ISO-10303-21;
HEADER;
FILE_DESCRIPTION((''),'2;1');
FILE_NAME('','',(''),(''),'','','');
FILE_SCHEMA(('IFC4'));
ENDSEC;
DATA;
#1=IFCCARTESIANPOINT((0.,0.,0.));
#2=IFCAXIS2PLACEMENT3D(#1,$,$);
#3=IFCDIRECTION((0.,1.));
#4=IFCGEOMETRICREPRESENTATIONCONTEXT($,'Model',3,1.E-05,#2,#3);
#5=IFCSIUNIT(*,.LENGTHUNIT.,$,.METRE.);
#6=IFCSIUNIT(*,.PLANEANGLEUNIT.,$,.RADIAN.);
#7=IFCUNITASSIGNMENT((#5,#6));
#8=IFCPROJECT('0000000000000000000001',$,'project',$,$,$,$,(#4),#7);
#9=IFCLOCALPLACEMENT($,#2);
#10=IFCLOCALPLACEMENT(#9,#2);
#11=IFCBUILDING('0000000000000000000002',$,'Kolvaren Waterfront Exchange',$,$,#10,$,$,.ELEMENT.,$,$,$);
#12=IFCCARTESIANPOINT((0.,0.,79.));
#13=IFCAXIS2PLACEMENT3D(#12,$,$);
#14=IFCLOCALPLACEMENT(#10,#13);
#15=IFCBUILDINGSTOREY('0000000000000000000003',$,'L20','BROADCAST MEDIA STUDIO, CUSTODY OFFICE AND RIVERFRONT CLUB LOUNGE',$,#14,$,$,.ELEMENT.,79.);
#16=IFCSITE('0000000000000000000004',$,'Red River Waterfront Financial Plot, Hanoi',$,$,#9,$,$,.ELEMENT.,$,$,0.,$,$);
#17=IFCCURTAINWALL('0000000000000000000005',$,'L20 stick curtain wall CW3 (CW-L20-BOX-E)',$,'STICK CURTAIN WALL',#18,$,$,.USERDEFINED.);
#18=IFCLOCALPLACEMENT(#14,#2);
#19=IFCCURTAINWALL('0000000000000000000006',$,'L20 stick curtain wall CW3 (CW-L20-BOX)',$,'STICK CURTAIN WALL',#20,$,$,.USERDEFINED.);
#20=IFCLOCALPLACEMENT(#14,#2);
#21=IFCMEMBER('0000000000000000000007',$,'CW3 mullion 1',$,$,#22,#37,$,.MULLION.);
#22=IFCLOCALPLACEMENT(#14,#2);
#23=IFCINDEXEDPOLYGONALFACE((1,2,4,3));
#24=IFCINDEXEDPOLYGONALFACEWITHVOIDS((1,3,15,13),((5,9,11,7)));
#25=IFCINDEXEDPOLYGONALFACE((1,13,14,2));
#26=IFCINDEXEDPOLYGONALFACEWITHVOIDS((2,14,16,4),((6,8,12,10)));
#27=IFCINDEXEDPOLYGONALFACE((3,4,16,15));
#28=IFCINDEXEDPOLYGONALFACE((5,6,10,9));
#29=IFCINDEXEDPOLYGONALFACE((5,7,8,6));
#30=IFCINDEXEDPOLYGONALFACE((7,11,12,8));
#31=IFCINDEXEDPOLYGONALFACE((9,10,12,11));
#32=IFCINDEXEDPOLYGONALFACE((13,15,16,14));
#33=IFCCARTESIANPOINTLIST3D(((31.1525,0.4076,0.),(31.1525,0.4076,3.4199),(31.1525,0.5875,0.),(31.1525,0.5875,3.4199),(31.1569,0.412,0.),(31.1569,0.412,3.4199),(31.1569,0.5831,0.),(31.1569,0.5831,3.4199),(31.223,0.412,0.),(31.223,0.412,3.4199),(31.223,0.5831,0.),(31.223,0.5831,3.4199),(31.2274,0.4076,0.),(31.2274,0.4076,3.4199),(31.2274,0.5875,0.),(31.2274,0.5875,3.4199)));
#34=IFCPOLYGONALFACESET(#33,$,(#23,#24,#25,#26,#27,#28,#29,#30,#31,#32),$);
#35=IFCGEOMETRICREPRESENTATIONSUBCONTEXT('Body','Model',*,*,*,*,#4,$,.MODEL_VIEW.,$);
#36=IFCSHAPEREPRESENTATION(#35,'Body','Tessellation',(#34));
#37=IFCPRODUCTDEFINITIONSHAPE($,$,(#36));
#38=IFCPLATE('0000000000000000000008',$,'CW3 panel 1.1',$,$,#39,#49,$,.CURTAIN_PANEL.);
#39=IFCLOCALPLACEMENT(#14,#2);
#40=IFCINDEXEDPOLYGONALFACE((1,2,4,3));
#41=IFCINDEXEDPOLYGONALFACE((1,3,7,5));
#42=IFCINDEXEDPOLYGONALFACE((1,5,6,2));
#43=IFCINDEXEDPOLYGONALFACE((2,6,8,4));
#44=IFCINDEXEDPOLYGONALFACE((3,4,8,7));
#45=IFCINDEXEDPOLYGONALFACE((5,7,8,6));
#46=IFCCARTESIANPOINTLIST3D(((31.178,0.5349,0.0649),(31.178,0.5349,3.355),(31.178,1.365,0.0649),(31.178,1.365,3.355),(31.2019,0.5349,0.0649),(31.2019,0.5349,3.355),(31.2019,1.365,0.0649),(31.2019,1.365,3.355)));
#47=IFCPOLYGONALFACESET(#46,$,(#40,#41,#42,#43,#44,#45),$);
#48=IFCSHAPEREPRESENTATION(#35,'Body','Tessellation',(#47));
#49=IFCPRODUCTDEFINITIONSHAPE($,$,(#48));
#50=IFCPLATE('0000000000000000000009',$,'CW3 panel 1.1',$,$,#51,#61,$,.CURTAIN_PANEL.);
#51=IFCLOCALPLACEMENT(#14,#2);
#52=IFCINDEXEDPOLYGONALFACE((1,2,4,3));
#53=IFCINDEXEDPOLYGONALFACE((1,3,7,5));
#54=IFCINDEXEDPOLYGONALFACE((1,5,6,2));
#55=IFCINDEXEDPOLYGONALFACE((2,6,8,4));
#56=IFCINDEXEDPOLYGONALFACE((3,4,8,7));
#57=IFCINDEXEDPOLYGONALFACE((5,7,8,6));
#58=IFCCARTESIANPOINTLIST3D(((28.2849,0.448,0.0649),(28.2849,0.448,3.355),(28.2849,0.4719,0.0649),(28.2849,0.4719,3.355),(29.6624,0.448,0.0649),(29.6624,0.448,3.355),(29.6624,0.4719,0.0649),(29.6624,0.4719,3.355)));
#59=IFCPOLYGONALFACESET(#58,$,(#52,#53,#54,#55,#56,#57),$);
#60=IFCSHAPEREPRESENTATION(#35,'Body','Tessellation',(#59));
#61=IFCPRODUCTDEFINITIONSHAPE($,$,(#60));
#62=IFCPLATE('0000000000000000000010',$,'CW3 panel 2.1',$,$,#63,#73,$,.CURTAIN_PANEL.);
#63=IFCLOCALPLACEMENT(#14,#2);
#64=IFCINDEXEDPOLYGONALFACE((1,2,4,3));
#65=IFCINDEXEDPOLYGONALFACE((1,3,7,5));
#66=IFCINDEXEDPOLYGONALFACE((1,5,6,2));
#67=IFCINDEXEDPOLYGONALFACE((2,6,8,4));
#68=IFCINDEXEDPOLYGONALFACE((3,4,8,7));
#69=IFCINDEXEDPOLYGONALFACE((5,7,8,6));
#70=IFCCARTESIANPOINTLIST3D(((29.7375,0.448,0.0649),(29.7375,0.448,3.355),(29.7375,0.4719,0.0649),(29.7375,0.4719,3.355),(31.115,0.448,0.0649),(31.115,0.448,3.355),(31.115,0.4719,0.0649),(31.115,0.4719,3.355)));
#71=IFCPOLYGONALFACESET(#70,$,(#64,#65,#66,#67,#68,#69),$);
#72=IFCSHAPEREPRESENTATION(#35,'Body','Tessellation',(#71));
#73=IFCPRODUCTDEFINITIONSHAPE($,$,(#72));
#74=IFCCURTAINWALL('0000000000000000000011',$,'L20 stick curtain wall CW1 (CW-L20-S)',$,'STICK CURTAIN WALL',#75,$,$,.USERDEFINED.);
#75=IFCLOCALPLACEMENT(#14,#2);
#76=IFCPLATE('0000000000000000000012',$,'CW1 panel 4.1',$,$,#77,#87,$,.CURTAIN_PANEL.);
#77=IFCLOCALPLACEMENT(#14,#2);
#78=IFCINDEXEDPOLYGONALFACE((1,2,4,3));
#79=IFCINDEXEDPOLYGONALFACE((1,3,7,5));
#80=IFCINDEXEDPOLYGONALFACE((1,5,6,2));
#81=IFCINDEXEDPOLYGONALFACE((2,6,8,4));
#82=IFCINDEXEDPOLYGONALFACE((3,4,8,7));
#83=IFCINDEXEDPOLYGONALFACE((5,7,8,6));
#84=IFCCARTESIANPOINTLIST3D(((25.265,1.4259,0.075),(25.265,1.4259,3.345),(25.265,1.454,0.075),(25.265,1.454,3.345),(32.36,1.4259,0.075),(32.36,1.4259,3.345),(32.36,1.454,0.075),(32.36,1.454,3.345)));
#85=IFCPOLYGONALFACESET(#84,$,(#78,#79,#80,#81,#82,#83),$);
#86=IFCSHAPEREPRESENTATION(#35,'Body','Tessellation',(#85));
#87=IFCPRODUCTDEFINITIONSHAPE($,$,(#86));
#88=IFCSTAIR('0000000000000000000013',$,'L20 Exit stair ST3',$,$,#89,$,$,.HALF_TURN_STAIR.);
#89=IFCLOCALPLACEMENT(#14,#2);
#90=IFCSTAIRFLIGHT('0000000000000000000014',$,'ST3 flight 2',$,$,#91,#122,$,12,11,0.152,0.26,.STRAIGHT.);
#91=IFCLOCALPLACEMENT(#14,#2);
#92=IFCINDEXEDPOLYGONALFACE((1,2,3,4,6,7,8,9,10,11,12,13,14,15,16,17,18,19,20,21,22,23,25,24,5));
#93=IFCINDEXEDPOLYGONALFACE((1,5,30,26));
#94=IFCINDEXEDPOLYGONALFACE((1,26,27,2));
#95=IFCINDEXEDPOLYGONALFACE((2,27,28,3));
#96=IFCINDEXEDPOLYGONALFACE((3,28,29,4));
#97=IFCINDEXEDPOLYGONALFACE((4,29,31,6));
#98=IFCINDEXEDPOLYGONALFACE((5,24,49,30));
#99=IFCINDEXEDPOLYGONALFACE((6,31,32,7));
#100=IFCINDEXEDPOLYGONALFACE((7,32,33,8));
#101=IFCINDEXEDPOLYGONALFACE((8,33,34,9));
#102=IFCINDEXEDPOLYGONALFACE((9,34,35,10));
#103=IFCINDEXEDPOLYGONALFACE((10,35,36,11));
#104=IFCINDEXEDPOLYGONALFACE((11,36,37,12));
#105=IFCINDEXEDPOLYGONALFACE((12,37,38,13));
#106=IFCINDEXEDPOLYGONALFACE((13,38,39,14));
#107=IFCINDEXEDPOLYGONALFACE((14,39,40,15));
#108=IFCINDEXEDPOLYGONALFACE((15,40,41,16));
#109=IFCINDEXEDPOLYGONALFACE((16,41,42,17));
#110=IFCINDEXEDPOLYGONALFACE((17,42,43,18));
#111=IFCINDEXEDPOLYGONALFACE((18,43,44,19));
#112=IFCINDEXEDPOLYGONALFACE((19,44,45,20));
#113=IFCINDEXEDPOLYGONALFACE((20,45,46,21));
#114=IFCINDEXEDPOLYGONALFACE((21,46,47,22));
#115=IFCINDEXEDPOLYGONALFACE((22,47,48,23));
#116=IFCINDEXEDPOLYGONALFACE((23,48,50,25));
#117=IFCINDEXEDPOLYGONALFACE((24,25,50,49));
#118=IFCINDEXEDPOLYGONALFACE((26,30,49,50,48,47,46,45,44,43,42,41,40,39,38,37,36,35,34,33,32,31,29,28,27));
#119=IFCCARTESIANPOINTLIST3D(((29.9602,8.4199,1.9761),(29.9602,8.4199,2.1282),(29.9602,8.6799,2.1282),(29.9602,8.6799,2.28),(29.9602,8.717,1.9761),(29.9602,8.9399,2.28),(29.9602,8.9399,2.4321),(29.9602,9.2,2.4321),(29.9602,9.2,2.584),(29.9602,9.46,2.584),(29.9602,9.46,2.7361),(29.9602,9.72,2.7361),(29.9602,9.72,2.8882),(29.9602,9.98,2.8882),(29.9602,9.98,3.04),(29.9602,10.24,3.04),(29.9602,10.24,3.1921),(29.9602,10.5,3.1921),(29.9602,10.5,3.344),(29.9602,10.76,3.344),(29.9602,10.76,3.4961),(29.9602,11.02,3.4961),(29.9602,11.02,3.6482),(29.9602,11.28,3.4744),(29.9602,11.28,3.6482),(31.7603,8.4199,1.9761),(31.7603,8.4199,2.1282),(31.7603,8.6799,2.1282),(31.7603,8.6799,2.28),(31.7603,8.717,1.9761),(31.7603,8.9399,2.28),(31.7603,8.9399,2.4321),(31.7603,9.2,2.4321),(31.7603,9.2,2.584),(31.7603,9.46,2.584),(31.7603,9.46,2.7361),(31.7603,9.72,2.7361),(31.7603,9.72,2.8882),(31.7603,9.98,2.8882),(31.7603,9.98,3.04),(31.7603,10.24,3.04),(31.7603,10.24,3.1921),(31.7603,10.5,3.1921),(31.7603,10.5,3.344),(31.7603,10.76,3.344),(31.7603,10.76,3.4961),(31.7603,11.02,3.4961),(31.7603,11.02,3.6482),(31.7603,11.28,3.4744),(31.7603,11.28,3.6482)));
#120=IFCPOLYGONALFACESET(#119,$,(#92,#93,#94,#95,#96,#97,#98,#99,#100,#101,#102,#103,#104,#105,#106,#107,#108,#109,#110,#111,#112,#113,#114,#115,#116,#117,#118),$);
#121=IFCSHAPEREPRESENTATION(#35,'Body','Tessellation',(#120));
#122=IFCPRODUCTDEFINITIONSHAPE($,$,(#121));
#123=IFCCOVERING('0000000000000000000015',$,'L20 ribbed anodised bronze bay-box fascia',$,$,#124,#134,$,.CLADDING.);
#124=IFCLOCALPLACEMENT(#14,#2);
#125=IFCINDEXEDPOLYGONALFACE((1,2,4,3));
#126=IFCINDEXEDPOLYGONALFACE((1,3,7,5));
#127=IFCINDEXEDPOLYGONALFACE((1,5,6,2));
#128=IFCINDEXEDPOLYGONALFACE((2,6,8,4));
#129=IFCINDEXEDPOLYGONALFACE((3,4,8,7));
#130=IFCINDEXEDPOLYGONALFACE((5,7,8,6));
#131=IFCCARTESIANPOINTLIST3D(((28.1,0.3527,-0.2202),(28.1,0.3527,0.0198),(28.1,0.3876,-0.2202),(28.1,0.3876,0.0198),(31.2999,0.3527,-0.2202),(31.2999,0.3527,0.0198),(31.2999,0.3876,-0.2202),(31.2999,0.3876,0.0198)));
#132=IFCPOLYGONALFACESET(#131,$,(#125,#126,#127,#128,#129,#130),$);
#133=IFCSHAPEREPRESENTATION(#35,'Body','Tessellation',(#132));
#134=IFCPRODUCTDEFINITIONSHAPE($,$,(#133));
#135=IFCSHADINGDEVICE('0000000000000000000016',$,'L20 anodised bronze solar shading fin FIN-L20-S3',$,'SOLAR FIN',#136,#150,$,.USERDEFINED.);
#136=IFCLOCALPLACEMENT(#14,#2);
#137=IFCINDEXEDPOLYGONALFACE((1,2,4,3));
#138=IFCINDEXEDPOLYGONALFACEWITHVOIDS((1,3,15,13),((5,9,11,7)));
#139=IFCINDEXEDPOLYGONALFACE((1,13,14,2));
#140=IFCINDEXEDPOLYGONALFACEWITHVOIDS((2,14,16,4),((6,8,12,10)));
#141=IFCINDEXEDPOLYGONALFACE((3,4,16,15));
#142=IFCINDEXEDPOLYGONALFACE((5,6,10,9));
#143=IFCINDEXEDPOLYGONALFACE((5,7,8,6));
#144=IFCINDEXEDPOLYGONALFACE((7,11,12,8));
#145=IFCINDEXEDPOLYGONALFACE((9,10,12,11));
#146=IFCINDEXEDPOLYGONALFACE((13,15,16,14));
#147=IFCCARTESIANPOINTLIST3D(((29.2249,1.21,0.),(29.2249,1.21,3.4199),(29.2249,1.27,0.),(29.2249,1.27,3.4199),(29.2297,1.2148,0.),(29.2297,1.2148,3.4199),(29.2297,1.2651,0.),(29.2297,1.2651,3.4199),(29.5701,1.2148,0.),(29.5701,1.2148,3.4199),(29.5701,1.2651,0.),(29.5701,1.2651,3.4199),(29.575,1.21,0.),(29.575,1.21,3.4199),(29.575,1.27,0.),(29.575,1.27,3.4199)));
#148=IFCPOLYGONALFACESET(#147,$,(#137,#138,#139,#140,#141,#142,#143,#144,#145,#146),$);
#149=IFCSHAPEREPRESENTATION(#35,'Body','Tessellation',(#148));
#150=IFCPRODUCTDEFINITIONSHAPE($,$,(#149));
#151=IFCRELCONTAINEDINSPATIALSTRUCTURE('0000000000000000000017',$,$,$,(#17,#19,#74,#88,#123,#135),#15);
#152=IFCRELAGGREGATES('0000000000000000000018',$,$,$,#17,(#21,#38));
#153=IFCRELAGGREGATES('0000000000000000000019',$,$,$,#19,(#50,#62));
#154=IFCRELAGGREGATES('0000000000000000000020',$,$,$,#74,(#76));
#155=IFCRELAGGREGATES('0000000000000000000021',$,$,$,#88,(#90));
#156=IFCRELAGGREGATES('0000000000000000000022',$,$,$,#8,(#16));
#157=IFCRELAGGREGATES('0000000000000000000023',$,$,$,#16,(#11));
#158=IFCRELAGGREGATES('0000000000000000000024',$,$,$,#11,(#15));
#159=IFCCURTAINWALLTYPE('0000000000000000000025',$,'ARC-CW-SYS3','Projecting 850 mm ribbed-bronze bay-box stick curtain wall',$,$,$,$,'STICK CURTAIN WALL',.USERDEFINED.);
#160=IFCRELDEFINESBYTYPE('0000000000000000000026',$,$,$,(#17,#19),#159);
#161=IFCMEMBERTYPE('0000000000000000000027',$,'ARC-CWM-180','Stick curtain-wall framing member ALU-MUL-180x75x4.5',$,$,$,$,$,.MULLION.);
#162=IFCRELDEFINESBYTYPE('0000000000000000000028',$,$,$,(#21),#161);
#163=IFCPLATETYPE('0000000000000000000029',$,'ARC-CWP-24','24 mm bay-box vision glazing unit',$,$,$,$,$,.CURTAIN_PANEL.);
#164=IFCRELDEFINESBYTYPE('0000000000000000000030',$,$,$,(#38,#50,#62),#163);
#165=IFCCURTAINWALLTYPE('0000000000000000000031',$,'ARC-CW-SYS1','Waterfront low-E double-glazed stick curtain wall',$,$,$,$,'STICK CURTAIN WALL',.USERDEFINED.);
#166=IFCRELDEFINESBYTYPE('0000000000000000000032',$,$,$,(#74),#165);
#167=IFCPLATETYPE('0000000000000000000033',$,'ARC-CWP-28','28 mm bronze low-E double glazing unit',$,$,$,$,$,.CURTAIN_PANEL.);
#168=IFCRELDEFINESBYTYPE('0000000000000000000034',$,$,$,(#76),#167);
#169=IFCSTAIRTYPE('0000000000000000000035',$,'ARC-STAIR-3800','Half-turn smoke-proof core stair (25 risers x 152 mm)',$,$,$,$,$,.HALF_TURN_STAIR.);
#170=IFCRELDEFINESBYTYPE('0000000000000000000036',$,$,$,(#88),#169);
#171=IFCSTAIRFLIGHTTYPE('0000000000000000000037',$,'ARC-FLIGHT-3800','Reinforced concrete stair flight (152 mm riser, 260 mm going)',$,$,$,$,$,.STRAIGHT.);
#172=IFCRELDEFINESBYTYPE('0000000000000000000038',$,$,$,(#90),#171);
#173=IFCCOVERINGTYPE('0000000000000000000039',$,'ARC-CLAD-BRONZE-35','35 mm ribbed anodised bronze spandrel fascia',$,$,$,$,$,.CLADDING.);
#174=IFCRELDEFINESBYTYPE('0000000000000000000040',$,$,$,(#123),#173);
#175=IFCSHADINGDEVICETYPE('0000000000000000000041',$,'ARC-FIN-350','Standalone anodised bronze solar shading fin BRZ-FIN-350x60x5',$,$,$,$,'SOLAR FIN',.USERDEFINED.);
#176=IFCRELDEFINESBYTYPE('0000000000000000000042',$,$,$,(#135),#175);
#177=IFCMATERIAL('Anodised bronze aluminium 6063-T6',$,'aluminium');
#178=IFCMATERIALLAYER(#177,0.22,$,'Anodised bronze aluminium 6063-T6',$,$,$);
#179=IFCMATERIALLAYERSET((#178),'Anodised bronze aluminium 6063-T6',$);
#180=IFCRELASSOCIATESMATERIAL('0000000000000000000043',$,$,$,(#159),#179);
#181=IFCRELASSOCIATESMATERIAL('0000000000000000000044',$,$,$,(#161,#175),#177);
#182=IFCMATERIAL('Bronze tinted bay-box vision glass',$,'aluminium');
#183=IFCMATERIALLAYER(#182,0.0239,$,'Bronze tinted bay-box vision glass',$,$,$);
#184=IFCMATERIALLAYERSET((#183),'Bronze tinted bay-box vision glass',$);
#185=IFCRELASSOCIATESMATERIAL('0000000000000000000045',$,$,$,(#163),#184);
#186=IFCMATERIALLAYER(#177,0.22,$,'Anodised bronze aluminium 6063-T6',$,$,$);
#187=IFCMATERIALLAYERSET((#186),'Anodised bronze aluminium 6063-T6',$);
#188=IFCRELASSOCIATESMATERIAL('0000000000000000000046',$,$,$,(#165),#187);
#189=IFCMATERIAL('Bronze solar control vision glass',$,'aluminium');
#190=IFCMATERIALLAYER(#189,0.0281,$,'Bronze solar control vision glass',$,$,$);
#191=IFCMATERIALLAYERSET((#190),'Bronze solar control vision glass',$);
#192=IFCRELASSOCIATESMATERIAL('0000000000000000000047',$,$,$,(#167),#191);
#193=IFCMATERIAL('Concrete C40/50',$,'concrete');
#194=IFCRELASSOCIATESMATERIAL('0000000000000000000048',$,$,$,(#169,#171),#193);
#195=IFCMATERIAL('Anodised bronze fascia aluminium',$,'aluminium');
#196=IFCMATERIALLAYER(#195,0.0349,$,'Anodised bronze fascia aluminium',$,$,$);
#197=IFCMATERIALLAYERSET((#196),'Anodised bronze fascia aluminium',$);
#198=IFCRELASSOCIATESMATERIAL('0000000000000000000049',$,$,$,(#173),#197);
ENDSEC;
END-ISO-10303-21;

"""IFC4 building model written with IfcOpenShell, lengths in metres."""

from ifc_helpers import new_model, si_unit, direction, frame, origin, origin_with_axes, origin_2d, place, context, subcontext, project, spatial, polyline, rectangle, hollow_rectangle, outline, extrude, source, transform, mapped, material, layer, layer_set, material_profile, profile_set, type_object, element, aggregate, save


model = new_model("IFC4")

# Units and contexts
model_context = context("Model", 3, precision=1e-05, world=origin(), true_north=direction((0.0, 1.0)))
body_context = subcontext(model_context, "Body", "Model", "MODEL_VIEW")
ifc_project = project(units=[si_unit("LENGTHUNIT", "METRE"), si_unit("PLANEANGLEUNIT", "RADIAN")], contexts=[model_context])

# Site, building, storey
site_placement = place(None, origin())
site = spatial("IfcSite", under=ifc_project, at=site_placement, Name="Red River Waterfront Financial Plot, Hanoi", CompositionType="ELEMENT", RefElevation=0.0)
building_placement = place(site_placement, origin())
building = spatial("IfcBuilding", under=site, at=building_placement, Name="Kolvaren Waterfront Exchange", CompositionType="ELEMENT")
storey_placement = place(building_placement, frame((0.0, 0.0, 79.0)))
storey = spatial("IfcBuildingStorey", under=building, at=storey_placement, Name="L20", Description="BROADCAST MEDIA STUDIO, CUSTODY OFFICE AND RIVERFRONT CLUB LOUNGE", CompositionType="ELEMENT", Elevation=79.0)

# Curtain walls
ifc_material_1 = material(Name="Anodised bronze aluminium 6063-T6", Category="aluminium")
ifc_layer_1 = layer(ifc_material_1, 0.22, Name="Anodised bronze aluminium 6063-T6")
ifc_layer_set_1 = layer_set([ifc_layer_1], Name="Anodised bronze aluminium 6063-T6")
curtain_wall_type_1 = type_object("IfcCurtainWallType", Name="ARC-CW-SYS3", Description="Projecting 850 mm ribbed-bronze bay-box stick curtain wall", ElementType="STICK CURTAIN WALL", PredefinedType="USERDEFINED", material=ifc_layer_set_1)
curtain_wall_1_placement = place(storey_placement, origin())
curtain_wall_1 = element("IfcCurtainWall", 1, at=curtain_wall_1_placement, inside=storey, type_object=curtain_wall_type_1, Name="L20 stick curtain wall CW3 (CW-L20-BOX-E)", ObjectType="STICK CURTAIN WALL", PredefinedType="USERDEFINED")
curtain_wall_2_placement = place(storey_placement, origin())
curtain_wall_2 = element("IfcCurtainWall", 2, at=curtain_wall_2_placement, inside=storey, type_object=curtain_wall_type_1, Name="L20 stick curtain wall CW3 (CW-L20-BOX)", ObjectType="STICK CURTAIN WALL", PredefinedType="USERDEFINED")

# Shared definitions
ifc_material_profile_1 = material_profile(ifc_material_1, hollow_rectangle(XDim=0.075, YDim=0.1799, WallThickness=0.0044, at=origin_2d()), Name="ALU-MUL-180x75x4.5")
ifc_profile_set_1 = profile_set([ifc_material_profile_1], Name="Anodised bronze aluminium 6063-T6")
member_type_1 = type_object("IfcMemberType", Name="ARC-CWM-180", Description="Stick curtain-wall framing member ALU-MUL-180x75x4.5", PredefinedType="MULLION", material=ifc_profile_set_1)
shared_shape_1 = source(origin_with_axes(), body_context, "Body", "SweptSolid", [
    extrude(hollow_rectangle(XDim=0.075, YDim=0.1799, WallThickness=0.0044, at=origin_2d()), origin(), (0.0, 0.0, 1.0), 3.4199),
])

# Member
member_1_placement = place(storey_placement, frame((31.1899, 0.4976, 0.0), z_axis=(0.0, 0.0, 1.0), x_axis=(-1.0, 0.0, 0.0)))
member_1 = element("IfcMember", 3, at=member_1_placement, type_object=member_type_1, Name="CW3 mullion 1", PredefinedType="MULLION", context=body_context, shape_type="MappedRepresentation", body=[
    mapped(shared_shape_1, transform((0.0, 0.0, 0.0), x_axis=(1.0, 0.0, 0.0), y_axis=(0.0, 1.0, 0.0), z_axis=(0.0, 0.0, 1.0), scale=1.0)),
])

# Plates
ifc_material_2 = material(Name="Bronze tinted bay-box vision glass", Category="aluminium")
ifc_layer_2 = layer(ifc_material_2, 0.0239, Name="Bronze tinted bay-box vision glass")
ifc_layer_set_2 = layer_set([ifc_layer_2], Name="Bronze tinted bay-box vision glass")
plate_type_1 = type_object("IfcPlateType", Name="ARC-CWP-24", Description="24 mm bay-box vision glazing unit", PredefinedType="CURTAIN_PANEL", material=ifc_layer_set_2)
shared_shape_2 = source(origin_with_axes(), body_context, "Body", "SweptSolid", [
    extrude(rectangle(XDim=0.8301, YDim=0.0239, at=origin_2d()), origin(), (0.0, 0.0, 1.0), 3.29),
])
plate_1_placement = place(storey_placement, frame((31.1899, 0.95, 0.0649), z_axis=(0.0, 0.0, 1.0), x_axis=(0.0, 1.0, 0.0)))
plate_1 = element("IfcPlate", 4, at=plate_1_placement, type_object=plate_type_1, Name="CW3 panel 1.1", PredefinedType="CURTAIN_PANEL", context=body_context, shape_type="MappedRepresentation", body=[
    mapped(shared_shape_2, transform((0.0, 0.0, 0.0), x_axis=(1.0, 0.0, 0.0), y_axis=(0.0, 1.0, 0.0), z_axis=(0.0, 0.0, 1.0), scale=1.0)),
])
aggregate(curtain_wall_1, [member_1, plate_1])
shared_shape_3 = source(origin_with_axes(), body_context, "Body", "SweptSolid", [
    extrude(rectangle(XDim=1.3774, YDim=0.0239, at=origin_2d()), origin(), (0.0, 0.0, 1.0), 3.29),
])
plate_2_placement = place(storey_placement, frame((28.9736, 0.46, 0.0649), z_axis=(0.0, 0.0, 1.0), x_axis=(1.0, 0.0, 0.0)))
plate_2 = element("IfcPlate", 5, at=plate_2_placement, type_object=plate_type_1, Name="CW3 panel 1.1", PredefinedType="CURTAIN_PANEL", context=body_context, shape_type="MappedRepresentation", body=[
    mapped(shared_shape_3, transform((0.0, 0.0, 0.0), x_axis=(1.0, 0.0, 0.0), y_axis=(0.0, 1.0, 0.0), z_axis=(0.0, 0.0, 1.0), scale=1.0)),
])
plate_3_placement = place(storey_placement, frame((30.4263, 0.46, 0.0649), z_axis=(0.0, 0.0, 1.0), x_axis=(1.0, 0.0, 0.0)))
plate_3 = element("IfcPlate", 6, at=plate_3_placement, type_object=plate_type_1, Name="CW3 panel 2.1", PredefinedType="CURTAIN_PANEL", context=body_context, shape_type="MappedRepresentation", body=[
    mapped(shared_shape_3, transform((0.0, 0.0, 0.0), x_axis=(1.0, 0.0, 0.0), y_axis=(0.0, 1.0, 0.0), z_axis=(0.0, 0.0, 1.0), scale=1.0)),
])
aggregate(curtain_wall_2, [plate_2, plate_3])

# Curtain wall, plate
ifc_layer_3 = layer(ifc_material_1, 0.22, Name="Anodised bronze aluminium 6063-T6")
ifc_layer_set_3 = layer_set([ifc_layer_3], Name="Anodised bronze aluminium 6063-T6")
curtain_wall_type_2 = type_object("IfcCurtainWallType", Name="ARC-CW-SYS1", Description="Waterfront low-E double-glazed stick curtain wall", ElementType="STICK CURTAIN WALL", PredefinedType="USERDEFINED", material=ifc_layer_set_3)
curtain_wall_3_placement = place(storey_placement, origin())
curtain_wall_3 = element("IfcCurtainWall", 7, at=curtain_wall_3_placement, inside=storey, type_object=curtain_wall_type_2, Name="L20 stick curtain wall CW1 (CW-L20-S)", ObjectType="STICK CURTAIN WALL", PredefinedType="USERDEFINED")
ifc_material_3 = material(Name="Bronze solar control vision glass", Category="aluminium")
ifc_layer_4 = layer(ifc_material_3, 0.0281, Name="Bronze solar control vision glass")
ifc_layer_set_4 = layer_set([ifc_layer_4], Name="Bronze solar control vision glass")
plate_type_2 = type_object("IfcPlateType", Name="ARC-CWP-28", Description="28 mm bronze low-E double glazing unit", PredefinedType="CURTAIN_PANEL", material=ifc_layer_set_4)
shared_shape_4 = source(origin_with_axes(), body_context, "Body", "SweptSolid", [
    extrude(rectangle(XDim=7.095, YDim=0.0281, at=origin_2d()), origin(), (0.0, 0.0, 1.0), 3.27),
])
plate_4_placement = place(storey_placement, frame((28.8125, 1.4399, 0.075), z_axis=(0.0, 0.0, 1.0), x_axis=(1.0, 0.0, 0.0)))
plate_4 = element("IfcPlate", 8, at=plate_4_placement, type_object=plate_type_2, Name="CW1 panel 4.1", PredefinedType="CURTAIN_PANEL", context=body_context, shape_type="MappedRepresentation", body=[
    mapped(shared_shape_4, transform((0.0, 0.0, 0.0), x_axis=(1.0, 0.0, 0.0), y_axis=(0.0, 1.0, 0.0), z_axis=(0.0, 0.0, 1.0), scale=1.0)),
])
aggregate(curtain_wall_3, [plate_4])

# Stair, stair flight
ifc_material_4 = material(Name="Concrete C40/50", Category="concrete")
stair_type = type_object("IfcStairType", Name="ARC-STAIR-3800", Description="Half-turn smoke-proof core stair (25 risers x 152 mm)", PredefinedType="HALF_TURN_STAIR", material=ifc_material_4)
stair_placement = place(storey_placement, origin())
stair = element("IfcStair", 9, at=stair_placement, inside=storey, type_object=stair_type, Name="L20 Exit stair ST3", PredefinedType="HALF_TURN_STAIR")
stair_flight_type = type_object("IfcStairFlightType", Name="ARC-FLIGHT-3800", Description="Reinforced concrete stair flight (152 mm riser, 260 mm going)", PredefinedType="STRAIGHT", material=ifc_material_4)
stair_flight_placement = place(storey_placement, frame((30.8601, 8.4199, 1.9761), z_axis=(0.0, 0.0, 1.0), x_axis=(0.0, 1.0, 0.0)))
stair_flight = element("IfcStairFlight", 10, at=stair_flight_placement, type_object=stair_flight_type, Name="ST3 flight 2", NumberOfRisers=12, NumberOfTreads=11, PredefinedType="STRAIGHT", RiserHeight=0.152, TreadLength=0.26, context=body_context, shape_type="SweptSolid", body=[
    extrude(outline(polyline([(0.0, 0.0), (0.0, 0.1521), (0.26, 0.1521), (0.26, 0.304), (0.52, 0.304), (0.52, 0.4561), (0.78, 0.4561), (0.78, 0.6079), (1.04, 0.6079), (1.04, 0.76), (1.3, 0.76), (1.3, 0.9121), (1.5601, 0.9121), (1.5601, 1.064), (1.8201, 1.064), (1.8201, 1.2161), (2.0801, 1.2161), (2.0801, 1.3679), (2.3401, 1.3679), (2.3401, 1.52), (2.6001, 1.52), (2.6001, 1.6721), (2.8601, 1.6721), (2.8601, 1.824), (2.8601, 1.4983), (0.2971, 0.0), (0.0, 0.0)])), frame((0.0, 0.8999, 0.0), z_axis=(0.0, -1.0, 0.0), x_axis=(1.0, 0.0, 0.0)), (0.0, 0.0, 1.0), 1.8),
])
aggregate(stair, [stair_flight])

# Covering
ifc_material_5 = material(Name="Anodised bronze fascia aluminium", Category="aluminium")
ifc_layer_5 = layer(ifc_material_5, 0.0349, Name="Anodised bronze fascia aluminium")
ifc_layer_set_5 = layer_set([ifc_layer_5], Name="Anodised bronze fascia aluminium")
covering_type = type_object("IfcCoveringType", Name="ARC-CLAD-BRONZE-35", Description="35 mm ribbed anodised bronze spandrel fascia", PredefinedType="CLADDING", material=ifc_layer_set_5)
covering_placement = place(storey_placement, frame((29.7, 0.3701, -0.2202), z_axis=(0.0, 0.0, 1.0), x_axis=(1.0, 0.0, 0.0)))
element("IfcCovering", 11, at=covering_placement, inside=storey, type_object=covering_type, Name="L20 ribbed anodised bronze bay-box fascia", PredefinedType="CLADDING", context=body_context, shape_type="SweptSolid", body=[
    extrude(rectangle(XDim=3.2, YDim=0.0349, at=origin_2d()), origin(), (0.0, 0.0, 1.0), 0.24),
])

# Shading device
ifc_material_profile_2 = material_profile(ifc_material_1, hollow_rectangle(XDim=0.0601, YDim=0.3501, WallThickness=0.0049, at=origin_2d()), Name="BRZ-FIN-350x60x5")
ifc_profile_set_2 = profile_set([ifc_material_profile_2], Name="Anodised bronze aluminium 6063-T6")
shading_device_type = type_object("IfcShadingDeviceType", Name="ARC-FIN-350", Description="Standalone anodised bronze solar shading fin BRZ-FIN-350x60x5", ElementType="SOLAR FIN", PredefinedType="USERDEFINED", material=ifc_profile_set_2)
shading_device_placement = place(storey_placement, frame((29.3999, 1.24, 0.0), z_axis=(0.0, 0.0, 1.0), x_axis=(0.0, -1.0, 0.0)))
element("IfcShadingDevice", 12, at=shading_device_placement, inside=storey, type_object=shading_device_type, Name="L20 anodised bronze solar shading fin FIN-L20-S3", ObjectType="SOLAR FIN", PredefinedType="USERDEFINED", context=body_context, shape_type="SweptSolid", body=[
    extrude(hollow_rectangle(XDim=0.0601, YDim=0.3501, WallThickness=0.0049, at=origin_2d()), origin(), (0.0, 0.0, 1.0), 3.4199),
])

save(model, "model.ifc")
